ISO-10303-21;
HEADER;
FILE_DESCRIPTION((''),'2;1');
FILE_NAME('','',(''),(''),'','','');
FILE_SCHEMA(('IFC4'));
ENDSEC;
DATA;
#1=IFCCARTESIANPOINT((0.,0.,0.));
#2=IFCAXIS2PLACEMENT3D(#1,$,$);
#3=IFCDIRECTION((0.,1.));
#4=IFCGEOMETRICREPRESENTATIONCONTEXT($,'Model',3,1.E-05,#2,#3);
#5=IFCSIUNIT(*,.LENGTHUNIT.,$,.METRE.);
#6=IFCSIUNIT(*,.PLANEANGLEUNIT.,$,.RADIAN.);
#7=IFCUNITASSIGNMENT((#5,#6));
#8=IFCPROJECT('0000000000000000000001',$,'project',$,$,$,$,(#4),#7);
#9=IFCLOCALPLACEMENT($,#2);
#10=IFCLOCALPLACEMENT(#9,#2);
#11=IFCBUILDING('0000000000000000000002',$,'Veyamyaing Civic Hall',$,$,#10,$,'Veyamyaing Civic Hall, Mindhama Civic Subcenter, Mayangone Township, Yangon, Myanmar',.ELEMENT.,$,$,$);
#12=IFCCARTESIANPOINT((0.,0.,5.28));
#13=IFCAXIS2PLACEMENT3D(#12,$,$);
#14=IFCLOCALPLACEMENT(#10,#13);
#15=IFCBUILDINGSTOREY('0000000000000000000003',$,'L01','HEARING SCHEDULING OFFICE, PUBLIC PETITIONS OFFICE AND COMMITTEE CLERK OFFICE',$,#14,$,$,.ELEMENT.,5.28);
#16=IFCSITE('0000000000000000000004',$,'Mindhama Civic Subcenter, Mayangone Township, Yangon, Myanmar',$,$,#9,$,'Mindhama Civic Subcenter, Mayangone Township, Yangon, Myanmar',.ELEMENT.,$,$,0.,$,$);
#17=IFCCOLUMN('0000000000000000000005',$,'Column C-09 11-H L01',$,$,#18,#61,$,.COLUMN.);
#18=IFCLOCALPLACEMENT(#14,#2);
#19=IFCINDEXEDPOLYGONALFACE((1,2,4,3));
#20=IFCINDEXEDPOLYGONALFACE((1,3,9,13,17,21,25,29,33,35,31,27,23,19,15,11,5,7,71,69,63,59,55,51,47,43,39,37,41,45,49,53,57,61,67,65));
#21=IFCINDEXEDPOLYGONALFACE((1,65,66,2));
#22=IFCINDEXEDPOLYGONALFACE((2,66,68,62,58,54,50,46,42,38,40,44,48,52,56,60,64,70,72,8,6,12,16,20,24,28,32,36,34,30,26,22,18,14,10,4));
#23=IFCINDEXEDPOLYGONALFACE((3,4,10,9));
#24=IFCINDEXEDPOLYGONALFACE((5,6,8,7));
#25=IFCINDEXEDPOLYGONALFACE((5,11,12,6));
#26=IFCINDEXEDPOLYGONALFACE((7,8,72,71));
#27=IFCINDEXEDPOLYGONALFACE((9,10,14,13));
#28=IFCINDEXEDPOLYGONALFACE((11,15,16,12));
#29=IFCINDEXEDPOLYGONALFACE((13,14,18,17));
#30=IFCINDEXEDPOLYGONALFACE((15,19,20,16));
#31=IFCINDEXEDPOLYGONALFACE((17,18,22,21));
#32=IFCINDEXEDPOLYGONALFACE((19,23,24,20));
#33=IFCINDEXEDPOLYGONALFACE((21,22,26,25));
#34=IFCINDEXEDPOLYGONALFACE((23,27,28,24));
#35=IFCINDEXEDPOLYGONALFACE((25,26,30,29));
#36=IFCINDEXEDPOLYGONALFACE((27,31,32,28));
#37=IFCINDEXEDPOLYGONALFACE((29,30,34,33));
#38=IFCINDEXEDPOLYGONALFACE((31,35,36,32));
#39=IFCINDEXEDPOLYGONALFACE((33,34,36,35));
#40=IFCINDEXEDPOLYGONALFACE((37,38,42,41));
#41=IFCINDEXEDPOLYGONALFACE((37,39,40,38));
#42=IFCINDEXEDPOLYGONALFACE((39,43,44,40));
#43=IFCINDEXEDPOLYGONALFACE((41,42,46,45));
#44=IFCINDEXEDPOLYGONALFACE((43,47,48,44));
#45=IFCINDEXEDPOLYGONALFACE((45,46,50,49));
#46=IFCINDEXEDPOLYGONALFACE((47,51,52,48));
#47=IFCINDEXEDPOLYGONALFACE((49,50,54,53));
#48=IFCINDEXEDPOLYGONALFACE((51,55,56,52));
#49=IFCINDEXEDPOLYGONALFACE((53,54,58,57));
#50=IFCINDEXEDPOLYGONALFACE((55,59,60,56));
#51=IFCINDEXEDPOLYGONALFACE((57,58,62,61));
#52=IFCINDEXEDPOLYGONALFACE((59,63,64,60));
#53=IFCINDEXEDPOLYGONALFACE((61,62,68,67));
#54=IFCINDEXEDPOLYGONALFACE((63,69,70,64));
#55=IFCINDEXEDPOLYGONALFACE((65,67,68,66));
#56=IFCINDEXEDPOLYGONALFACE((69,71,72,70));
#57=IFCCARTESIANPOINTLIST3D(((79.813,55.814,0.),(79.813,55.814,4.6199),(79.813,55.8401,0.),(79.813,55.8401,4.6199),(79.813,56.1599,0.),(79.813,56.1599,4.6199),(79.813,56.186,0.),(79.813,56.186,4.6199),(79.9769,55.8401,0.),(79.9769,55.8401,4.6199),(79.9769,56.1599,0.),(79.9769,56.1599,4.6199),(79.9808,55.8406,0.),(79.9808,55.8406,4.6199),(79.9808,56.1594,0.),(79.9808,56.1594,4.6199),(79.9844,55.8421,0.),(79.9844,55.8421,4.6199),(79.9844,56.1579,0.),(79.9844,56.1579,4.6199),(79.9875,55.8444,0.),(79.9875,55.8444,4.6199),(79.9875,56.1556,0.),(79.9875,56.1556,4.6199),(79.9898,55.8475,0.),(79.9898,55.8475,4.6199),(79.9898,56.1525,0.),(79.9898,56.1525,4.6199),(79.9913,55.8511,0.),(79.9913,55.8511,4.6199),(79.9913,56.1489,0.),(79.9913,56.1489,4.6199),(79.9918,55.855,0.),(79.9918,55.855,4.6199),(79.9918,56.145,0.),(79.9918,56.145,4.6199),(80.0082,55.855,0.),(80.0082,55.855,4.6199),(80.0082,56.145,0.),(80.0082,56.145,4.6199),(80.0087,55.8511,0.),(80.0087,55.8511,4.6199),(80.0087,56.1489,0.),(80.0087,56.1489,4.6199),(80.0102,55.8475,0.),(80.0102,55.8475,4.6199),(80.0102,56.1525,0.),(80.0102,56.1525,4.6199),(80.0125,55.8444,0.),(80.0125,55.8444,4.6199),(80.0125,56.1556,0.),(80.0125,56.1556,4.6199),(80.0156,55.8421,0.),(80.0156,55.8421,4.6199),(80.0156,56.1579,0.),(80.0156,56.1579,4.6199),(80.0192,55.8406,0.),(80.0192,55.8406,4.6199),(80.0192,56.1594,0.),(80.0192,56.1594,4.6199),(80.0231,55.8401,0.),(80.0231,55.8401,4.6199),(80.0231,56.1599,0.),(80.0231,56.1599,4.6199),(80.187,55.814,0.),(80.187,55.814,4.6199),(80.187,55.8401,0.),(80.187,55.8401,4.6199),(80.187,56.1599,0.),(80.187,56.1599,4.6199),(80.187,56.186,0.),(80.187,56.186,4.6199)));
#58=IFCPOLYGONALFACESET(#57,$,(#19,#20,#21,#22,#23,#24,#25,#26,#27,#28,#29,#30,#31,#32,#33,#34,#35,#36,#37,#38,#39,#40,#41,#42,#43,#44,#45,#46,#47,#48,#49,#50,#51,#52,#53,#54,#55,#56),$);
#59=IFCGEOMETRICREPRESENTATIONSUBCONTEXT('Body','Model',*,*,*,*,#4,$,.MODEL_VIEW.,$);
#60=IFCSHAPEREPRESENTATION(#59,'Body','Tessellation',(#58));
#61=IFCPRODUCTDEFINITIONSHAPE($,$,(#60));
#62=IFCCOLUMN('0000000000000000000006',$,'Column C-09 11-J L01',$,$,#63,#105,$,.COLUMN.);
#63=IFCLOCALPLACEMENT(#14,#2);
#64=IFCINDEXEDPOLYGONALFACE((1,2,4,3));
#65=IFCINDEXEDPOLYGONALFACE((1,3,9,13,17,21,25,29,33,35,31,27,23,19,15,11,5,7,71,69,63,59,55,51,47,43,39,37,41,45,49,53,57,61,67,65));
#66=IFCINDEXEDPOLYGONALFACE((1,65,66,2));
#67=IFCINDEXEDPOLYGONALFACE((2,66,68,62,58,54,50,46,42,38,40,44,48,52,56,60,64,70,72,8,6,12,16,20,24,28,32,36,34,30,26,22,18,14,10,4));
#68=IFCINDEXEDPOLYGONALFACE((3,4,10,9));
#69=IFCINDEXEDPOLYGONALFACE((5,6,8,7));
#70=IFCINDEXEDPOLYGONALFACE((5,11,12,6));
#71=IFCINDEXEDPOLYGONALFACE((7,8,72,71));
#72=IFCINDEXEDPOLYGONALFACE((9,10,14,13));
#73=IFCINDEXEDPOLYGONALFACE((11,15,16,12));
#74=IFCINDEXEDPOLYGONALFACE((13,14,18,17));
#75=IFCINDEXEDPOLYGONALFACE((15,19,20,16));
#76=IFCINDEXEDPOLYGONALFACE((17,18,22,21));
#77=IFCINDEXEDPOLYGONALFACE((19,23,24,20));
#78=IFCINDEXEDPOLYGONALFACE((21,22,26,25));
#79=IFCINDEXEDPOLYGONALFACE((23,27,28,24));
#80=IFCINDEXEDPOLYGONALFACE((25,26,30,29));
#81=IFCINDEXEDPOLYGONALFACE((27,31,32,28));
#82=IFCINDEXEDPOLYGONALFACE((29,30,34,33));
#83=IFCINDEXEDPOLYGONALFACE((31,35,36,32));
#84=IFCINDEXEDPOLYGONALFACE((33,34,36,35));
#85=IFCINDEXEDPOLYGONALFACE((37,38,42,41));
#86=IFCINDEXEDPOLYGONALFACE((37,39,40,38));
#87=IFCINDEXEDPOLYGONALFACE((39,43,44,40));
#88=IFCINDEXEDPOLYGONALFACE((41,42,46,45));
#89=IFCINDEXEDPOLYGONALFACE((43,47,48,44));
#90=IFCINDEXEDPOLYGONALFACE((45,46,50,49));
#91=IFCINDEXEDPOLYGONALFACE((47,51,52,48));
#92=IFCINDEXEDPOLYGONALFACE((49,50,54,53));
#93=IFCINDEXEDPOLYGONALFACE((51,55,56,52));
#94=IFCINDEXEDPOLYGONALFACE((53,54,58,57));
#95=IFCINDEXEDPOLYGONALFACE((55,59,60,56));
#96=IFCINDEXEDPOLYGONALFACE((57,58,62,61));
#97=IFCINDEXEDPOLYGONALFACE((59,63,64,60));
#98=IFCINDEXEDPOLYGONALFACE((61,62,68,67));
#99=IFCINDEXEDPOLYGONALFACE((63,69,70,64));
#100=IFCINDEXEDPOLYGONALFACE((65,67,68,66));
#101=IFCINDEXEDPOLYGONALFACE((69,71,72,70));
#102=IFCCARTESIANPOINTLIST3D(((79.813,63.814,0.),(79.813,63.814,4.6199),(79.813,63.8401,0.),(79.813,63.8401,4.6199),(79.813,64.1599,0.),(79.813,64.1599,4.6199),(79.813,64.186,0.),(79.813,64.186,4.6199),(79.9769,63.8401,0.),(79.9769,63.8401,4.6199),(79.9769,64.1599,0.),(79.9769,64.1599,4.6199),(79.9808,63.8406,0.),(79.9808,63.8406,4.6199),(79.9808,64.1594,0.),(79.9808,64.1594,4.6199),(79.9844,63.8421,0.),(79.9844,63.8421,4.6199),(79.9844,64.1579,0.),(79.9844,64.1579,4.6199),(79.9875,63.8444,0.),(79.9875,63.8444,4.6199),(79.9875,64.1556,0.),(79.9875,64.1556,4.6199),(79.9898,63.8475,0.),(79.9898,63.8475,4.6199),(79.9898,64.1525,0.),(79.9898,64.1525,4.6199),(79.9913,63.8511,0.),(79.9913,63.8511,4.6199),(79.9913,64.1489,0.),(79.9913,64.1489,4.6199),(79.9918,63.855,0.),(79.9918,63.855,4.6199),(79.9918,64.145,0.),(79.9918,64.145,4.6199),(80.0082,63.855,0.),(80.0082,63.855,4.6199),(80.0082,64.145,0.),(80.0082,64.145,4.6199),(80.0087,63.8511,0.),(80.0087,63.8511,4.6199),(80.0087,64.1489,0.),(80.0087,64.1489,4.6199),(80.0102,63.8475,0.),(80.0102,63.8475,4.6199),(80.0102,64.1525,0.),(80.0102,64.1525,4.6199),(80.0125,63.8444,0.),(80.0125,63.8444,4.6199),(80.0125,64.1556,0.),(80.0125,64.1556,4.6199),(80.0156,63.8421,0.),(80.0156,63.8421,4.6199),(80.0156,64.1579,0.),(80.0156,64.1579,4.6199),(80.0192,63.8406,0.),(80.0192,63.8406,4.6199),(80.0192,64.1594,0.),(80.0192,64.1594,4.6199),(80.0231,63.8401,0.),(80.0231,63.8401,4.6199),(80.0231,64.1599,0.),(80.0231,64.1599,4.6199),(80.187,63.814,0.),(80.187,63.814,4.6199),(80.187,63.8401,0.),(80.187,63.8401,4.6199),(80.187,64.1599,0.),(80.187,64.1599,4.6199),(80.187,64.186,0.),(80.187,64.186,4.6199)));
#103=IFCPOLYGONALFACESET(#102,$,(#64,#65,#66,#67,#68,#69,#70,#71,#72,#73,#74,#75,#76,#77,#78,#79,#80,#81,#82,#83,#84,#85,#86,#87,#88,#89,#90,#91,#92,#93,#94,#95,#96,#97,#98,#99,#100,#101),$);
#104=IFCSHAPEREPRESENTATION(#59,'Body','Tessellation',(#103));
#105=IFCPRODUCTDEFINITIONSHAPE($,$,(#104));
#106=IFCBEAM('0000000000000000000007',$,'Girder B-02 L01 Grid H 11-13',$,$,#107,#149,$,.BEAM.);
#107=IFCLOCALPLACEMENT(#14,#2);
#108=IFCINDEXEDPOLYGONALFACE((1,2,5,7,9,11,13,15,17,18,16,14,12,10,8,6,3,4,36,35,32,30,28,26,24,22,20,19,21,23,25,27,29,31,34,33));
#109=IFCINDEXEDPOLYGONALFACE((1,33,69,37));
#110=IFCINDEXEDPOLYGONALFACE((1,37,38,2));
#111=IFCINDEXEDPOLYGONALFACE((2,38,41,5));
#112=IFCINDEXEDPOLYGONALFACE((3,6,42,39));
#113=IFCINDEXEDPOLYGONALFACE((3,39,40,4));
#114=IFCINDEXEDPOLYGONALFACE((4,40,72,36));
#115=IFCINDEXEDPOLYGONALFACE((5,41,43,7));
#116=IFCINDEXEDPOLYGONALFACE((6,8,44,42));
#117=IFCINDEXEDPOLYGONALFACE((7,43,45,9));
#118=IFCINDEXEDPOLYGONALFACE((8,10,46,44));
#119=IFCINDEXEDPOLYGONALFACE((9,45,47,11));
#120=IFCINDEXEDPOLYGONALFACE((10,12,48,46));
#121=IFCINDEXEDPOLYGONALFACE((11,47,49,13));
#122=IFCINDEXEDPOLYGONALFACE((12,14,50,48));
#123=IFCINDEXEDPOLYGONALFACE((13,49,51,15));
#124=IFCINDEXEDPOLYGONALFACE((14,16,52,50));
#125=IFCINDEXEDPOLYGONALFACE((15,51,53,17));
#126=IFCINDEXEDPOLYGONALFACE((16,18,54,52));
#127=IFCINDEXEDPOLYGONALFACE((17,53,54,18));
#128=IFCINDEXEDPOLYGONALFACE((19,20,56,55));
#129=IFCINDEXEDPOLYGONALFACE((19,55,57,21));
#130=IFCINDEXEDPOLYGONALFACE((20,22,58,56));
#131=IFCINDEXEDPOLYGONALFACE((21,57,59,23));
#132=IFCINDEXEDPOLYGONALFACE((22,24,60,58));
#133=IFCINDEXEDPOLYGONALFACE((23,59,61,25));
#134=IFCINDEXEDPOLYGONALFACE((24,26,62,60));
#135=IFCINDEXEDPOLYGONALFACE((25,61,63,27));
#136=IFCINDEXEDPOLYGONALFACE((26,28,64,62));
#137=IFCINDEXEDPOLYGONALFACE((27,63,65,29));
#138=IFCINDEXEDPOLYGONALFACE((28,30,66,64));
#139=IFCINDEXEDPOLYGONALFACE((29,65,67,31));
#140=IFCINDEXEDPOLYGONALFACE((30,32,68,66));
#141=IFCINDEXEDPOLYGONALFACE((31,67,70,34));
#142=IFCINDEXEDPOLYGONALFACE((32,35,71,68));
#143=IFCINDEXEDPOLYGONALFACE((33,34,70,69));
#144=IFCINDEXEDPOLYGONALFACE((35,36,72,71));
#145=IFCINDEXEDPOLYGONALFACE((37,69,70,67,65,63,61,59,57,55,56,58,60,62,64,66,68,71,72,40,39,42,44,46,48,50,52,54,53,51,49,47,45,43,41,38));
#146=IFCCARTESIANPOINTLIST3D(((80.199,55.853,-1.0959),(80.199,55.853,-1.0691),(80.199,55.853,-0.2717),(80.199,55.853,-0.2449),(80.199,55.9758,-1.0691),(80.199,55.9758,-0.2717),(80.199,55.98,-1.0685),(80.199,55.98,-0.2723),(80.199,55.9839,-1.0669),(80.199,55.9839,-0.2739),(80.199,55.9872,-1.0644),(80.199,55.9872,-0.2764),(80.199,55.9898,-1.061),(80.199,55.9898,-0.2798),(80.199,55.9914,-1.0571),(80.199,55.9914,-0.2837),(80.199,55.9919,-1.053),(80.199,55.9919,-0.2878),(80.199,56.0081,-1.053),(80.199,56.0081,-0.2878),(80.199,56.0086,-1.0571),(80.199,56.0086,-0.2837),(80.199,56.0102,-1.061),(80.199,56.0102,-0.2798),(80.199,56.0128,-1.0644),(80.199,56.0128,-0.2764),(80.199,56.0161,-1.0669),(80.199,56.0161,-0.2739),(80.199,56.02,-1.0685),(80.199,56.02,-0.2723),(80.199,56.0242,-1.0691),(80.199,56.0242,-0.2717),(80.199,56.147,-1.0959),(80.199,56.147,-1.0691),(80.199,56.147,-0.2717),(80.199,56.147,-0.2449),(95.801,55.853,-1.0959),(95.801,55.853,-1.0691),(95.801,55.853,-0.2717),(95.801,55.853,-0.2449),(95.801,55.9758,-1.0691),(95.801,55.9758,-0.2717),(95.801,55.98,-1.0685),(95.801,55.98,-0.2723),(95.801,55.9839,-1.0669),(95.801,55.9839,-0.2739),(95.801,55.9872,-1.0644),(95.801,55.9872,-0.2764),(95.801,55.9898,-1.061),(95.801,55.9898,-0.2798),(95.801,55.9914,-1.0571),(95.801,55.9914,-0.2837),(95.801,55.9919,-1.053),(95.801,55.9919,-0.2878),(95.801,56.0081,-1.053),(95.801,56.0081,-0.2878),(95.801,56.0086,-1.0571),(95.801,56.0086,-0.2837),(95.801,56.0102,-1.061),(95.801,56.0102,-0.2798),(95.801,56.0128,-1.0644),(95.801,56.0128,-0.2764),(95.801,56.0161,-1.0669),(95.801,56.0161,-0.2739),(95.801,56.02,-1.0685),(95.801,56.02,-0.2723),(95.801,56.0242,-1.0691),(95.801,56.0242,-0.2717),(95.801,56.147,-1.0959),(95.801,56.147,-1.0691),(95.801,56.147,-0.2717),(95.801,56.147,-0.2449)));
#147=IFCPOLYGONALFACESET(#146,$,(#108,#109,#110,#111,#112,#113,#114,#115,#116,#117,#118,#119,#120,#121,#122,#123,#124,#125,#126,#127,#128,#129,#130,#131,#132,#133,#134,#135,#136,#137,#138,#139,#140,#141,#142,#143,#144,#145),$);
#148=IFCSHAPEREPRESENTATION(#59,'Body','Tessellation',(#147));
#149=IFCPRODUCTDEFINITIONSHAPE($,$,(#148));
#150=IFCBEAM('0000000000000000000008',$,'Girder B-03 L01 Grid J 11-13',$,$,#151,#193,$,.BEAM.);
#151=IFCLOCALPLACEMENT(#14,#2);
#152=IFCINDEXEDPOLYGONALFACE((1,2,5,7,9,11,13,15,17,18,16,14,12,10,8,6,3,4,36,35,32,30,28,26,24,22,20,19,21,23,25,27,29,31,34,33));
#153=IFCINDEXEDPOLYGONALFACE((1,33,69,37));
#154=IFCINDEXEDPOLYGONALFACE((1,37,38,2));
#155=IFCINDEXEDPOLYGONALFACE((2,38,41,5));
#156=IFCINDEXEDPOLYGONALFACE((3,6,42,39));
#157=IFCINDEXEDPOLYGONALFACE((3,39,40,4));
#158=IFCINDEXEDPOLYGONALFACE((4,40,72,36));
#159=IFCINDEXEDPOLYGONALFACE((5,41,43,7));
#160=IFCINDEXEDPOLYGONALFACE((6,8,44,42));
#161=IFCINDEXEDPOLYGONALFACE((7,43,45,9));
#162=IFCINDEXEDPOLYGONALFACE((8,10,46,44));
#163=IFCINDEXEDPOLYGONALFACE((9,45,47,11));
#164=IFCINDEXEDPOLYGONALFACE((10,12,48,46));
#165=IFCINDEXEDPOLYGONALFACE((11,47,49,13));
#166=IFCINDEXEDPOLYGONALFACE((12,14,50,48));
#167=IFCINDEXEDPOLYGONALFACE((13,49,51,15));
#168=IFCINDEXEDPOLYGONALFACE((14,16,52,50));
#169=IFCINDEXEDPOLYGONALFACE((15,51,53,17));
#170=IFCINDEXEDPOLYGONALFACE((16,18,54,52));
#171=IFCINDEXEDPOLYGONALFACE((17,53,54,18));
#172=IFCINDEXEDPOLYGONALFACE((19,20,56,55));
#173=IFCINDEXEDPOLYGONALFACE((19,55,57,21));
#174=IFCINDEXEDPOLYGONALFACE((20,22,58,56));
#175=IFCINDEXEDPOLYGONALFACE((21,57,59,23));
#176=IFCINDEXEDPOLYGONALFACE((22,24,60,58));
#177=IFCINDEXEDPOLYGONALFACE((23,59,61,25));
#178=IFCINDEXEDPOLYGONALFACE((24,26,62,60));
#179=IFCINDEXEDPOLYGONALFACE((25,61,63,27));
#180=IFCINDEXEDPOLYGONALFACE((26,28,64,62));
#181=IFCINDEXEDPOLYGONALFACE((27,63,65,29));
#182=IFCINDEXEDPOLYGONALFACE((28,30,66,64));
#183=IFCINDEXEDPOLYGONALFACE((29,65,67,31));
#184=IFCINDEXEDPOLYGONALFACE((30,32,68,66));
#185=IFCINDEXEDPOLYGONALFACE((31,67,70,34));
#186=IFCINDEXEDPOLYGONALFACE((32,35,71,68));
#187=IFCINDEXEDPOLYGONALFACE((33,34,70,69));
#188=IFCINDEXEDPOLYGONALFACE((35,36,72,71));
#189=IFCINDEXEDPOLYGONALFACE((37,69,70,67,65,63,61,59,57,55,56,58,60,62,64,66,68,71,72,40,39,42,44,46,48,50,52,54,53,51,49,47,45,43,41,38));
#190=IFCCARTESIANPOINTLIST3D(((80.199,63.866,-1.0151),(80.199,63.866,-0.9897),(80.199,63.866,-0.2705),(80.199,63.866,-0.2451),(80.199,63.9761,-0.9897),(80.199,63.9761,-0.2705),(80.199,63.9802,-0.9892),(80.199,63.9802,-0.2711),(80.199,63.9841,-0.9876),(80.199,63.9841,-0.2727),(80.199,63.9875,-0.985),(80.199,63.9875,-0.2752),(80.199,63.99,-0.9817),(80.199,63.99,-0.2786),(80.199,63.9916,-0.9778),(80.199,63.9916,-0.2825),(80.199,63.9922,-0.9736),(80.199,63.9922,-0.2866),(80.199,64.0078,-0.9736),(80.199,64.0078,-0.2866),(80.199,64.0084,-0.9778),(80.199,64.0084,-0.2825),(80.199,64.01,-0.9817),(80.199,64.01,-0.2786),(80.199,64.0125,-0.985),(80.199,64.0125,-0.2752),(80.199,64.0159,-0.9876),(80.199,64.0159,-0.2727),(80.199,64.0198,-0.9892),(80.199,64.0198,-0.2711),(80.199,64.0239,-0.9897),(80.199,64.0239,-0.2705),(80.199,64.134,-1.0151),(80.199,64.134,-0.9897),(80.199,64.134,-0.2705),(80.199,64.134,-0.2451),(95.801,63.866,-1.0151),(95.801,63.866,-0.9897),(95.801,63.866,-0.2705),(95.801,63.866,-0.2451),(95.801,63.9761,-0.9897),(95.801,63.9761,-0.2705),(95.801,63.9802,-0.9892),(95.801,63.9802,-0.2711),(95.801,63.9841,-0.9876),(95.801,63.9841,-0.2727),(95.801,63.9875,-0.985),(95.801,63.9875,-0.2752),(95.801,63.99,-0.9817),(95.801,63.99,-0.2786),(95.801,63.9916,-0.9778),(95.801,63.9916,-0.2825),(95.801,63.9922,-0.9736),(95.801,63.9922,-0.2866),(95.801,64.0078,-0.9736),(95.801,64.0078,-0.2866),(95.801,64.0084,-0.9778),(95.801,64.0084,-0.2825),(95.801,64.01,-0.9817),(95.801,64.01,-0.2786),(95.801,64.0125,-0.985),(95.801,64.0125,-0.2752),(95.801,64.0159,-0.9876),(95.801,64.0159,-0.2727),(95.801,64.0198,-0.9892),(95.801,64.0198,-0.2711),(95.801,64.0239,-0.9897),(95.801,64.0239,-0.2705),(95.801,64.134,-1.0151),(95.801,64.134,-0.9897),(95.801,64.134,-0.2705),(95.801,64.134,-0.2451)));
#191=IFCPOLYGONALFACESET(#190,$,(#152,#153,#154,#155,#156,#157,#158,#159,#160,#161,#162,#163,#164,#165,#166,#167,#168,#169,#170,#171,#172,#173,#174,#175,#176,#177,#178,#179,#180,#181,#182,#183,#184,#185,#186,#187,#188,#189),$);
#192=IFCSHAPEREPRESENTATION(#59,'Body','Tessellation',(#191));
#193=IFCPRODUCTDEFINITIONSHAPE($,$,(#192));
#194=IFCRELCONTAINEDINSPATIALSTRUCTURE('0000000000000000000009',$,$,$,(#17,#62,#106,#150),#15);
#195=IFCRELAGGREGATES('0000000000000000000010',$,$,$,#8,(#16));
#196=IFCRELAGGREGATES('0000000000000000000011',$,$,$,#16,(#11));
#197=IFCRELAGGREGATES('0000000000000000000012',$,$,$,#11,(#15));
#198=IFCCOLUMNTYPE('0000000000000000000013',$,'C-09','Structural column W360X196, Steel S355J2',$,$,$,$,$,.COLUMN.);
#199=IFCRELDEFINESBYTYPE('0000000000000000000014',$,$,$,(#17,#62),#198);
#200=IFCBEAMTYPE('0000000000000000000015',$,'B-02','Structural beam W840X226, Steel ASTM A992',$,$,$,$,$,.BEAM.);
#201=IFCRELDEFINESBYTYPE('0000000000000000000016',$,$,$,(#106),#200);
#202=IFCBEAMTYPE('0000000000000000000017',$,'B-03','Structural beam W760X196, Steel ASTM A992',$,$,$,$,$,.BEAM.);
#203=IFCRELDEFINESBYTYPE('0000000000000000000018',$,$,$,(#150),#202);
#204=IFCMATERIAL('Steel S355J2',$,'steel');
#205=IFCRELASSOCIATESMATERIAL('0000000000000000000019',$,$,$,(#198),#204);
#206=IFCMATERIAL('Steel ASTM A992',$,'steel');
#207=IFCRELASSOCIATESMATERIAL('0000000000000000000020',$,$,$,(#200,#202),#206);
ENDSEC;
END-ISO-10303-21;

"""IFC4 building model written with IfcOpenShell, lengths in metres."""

from ifc_helpers import new_model, si_unit, direction, frame, origin, origin_2d, place, context, subcontext, project, spatial, i_section, extrude, material, material_profile, profile_set, type_object, element, save


model = new_model("IFC4")

# Units and contexts
model_context = context("Model", 3, precision=1e-05, world=origin(), true_north=direction((0.0, 1.0)))
body_context = subcontext(model_context, "Body", "Model", "MODEL_VIEW")
ifc_project = project(units=[si_unit("LENGTHUNIT", "METRE"), si_unit("PLANEANGLEUNIT", "RADIAN")], contexts=[model_context])

# Site, building, storey
site_placement = place(None, origin())
site = spatial("IfcSite", under=ifc_project, at=site_placement, Name="Mindhama Civic Subcenter, Mayangone Township, Yangon, Myanmar", LongName="Mindhama Civic Subcenter, Mayangone Township, Yangon, Myanmar", CompositionType="ELEMENT", RefElevation=0.0)
building_placement = place(site_placement, origin())
building = spatial("IfcBuilding", under=site, at=building_placement, Name="Veyamyaing Civic Hall", LongName="Veyamyaing Civic Hall, Mindhama Civic Subcenter, Mayangone Township, Yangon, Myanmar", CompositionType="ELEMENT")
storey_placement = place(building_placement, frame((0.0, 0.0, 5.28)))
storey = spatial("IfcBuildingStorey", under=building, at=storey_placement, Name="L01", Description="HEARING SCHEDULING OFFICE, PUBLIC PETITIONS OFFICE AND COMMITTEE CLERK OFFICE", CompositionType="ELEMENT", Elevation=5.28)

# Columns
ifc_material_1 = material(Name="Steel S355J2", Category="steel")
ifc_material_profile_1 = material_profile(ifc_material_1, i_section(OverallWidth=0.374, OverallDepth=0.3721, WebThickness=0.0164, FlangeThickness=0.0261, FilletRadius=0.0149, at=origin_2d()), Name="W360X196")
ifc_profile_set_1 = profile_set([ifc_material_profile_1], Name="Steel S355J2")
column_type = type_object("IfcColumnType", Name="C-09", Description="Structural column W360X196, Steel S355J2", PredefinedType="COLUMN", material=ifc_profile_set_1)
for number, where, z_axis, x_axis, name in (
    (1, (80.0, 56.0, 0.0), (0.0, 0.0, 1.0), (1.0, 0.0, 0.0), "Column C-09 11-H L01"),
    (2, (80.0, 64.0, 0.0), (0.0, 0.0, 1.0), (1.0, 0.0, 0.0), "Column C-09 11-J L01"),
):
    element("IfcColumn", number, at=place(storey_placement, frame(where, z_axis=z_axis, x_axis=x_axis)), inside=storey, type_object=column_type, Name=name, PredefinedType="COLUMN", context=body_context, shape_type="SweptSolid", body=[
        extrude(i_section(OverallWidth=0.374, OverallDepth=0.3721, WebThickness=0.0164, FlangeThickness=0.0261, FilletRadius=0.0149, at=origin_2d()), origin(), (0.0, 0.0, 1.0), 4.6199),
    ])

# Beams
ifc_material_2 = material(Name="Steel ASTM A992", Category="steel")
ifc_material_profile_2 = material_profile(ifc_material_2, i_section(OverallWidth=0.2939, OverallDepth=0.8511, WebThickness=0.0161, FlangeThickness=0.0269, FilletRadius=0.0161, at=origin_2d()), Name="W840X226")
ifc_profile_set_2 = profile_set([ifc_material_profile_2], Name="Steel ASTM A992")
beam_type_1 = type_object("IfcBeamType", Name="B-02", Description="Structural beam W840X226, Steel ASTM A992", PredefinedType="BEAM", material=ifc_profile_set_2)
beam_1_placement = place(storey_placement, frame((80.199, 56.0, -0.6704), z_axis=(1.0, 0.0, 0.0), x_axis=(0.0, 1.0, 0.0)))
element("IfcBeam", 3, at=beam_1_placement, inside=storey, type_object=beam_type_1, Name="Girder B-02 L01 Grid H 11-13", PredefinedType="BEAM", context=body_context, shape_type="SweptSolid", body=[
    extrude(i_section(OverallWidth=0.2939, OverallDepth=0.8511, WebThickness=0.0161, FlangeThickness=0.0269, FilletRadius=0.0161, at=origin_2d()), origin(), (0.0, 0.0, 1.0), 15.6021),
])
ifc_material_profile_3 = material_profile(ifc_material_2, i_section(OverallWidth=0.2681, OverallDepth=0.77, WebThickness=0.0156, FlangeThickness=0.0254, FilletRadius=0.0161, at=origin_2d()), Name="W760X196")
ifc_profile_set_3 = profile_set([ifc_material_profile_3], Name="Steel ASTM A992")
beam_type_2 = type_object("IfcBeamType", Name="B-03", Description="Structural beam W760X196, Steel ASTM A992", PredefinedType="BEAM", material=ifc_profile_set_3)
beam_2_placement = place(storey_placement, frame((80.199, 64.0, -0.6301), z_axis=(1.0, 0.0, 0.0), x_axis=(0.0, 1.0, 0.0)))
element("IfcBeam", 4, at=beam_2_placement, inside=storey, type_object=beam_type_2, Name="Girder B-03 L01 Grid J 11-13", PredefinedType="BEAM", context=body_context, shape_type="SweptSolid", body=[
    extrude(i_section(OverallWidth=0.2681, OverallDepth=0.77, WebThickness=0.0156, FlangeThickness=0.0254, FilletRadius=0.0161, at=origin_2d()), origin(), (0.0, 0.0, 1.0), 15.6021),
])

save(model, "model.ifc")
